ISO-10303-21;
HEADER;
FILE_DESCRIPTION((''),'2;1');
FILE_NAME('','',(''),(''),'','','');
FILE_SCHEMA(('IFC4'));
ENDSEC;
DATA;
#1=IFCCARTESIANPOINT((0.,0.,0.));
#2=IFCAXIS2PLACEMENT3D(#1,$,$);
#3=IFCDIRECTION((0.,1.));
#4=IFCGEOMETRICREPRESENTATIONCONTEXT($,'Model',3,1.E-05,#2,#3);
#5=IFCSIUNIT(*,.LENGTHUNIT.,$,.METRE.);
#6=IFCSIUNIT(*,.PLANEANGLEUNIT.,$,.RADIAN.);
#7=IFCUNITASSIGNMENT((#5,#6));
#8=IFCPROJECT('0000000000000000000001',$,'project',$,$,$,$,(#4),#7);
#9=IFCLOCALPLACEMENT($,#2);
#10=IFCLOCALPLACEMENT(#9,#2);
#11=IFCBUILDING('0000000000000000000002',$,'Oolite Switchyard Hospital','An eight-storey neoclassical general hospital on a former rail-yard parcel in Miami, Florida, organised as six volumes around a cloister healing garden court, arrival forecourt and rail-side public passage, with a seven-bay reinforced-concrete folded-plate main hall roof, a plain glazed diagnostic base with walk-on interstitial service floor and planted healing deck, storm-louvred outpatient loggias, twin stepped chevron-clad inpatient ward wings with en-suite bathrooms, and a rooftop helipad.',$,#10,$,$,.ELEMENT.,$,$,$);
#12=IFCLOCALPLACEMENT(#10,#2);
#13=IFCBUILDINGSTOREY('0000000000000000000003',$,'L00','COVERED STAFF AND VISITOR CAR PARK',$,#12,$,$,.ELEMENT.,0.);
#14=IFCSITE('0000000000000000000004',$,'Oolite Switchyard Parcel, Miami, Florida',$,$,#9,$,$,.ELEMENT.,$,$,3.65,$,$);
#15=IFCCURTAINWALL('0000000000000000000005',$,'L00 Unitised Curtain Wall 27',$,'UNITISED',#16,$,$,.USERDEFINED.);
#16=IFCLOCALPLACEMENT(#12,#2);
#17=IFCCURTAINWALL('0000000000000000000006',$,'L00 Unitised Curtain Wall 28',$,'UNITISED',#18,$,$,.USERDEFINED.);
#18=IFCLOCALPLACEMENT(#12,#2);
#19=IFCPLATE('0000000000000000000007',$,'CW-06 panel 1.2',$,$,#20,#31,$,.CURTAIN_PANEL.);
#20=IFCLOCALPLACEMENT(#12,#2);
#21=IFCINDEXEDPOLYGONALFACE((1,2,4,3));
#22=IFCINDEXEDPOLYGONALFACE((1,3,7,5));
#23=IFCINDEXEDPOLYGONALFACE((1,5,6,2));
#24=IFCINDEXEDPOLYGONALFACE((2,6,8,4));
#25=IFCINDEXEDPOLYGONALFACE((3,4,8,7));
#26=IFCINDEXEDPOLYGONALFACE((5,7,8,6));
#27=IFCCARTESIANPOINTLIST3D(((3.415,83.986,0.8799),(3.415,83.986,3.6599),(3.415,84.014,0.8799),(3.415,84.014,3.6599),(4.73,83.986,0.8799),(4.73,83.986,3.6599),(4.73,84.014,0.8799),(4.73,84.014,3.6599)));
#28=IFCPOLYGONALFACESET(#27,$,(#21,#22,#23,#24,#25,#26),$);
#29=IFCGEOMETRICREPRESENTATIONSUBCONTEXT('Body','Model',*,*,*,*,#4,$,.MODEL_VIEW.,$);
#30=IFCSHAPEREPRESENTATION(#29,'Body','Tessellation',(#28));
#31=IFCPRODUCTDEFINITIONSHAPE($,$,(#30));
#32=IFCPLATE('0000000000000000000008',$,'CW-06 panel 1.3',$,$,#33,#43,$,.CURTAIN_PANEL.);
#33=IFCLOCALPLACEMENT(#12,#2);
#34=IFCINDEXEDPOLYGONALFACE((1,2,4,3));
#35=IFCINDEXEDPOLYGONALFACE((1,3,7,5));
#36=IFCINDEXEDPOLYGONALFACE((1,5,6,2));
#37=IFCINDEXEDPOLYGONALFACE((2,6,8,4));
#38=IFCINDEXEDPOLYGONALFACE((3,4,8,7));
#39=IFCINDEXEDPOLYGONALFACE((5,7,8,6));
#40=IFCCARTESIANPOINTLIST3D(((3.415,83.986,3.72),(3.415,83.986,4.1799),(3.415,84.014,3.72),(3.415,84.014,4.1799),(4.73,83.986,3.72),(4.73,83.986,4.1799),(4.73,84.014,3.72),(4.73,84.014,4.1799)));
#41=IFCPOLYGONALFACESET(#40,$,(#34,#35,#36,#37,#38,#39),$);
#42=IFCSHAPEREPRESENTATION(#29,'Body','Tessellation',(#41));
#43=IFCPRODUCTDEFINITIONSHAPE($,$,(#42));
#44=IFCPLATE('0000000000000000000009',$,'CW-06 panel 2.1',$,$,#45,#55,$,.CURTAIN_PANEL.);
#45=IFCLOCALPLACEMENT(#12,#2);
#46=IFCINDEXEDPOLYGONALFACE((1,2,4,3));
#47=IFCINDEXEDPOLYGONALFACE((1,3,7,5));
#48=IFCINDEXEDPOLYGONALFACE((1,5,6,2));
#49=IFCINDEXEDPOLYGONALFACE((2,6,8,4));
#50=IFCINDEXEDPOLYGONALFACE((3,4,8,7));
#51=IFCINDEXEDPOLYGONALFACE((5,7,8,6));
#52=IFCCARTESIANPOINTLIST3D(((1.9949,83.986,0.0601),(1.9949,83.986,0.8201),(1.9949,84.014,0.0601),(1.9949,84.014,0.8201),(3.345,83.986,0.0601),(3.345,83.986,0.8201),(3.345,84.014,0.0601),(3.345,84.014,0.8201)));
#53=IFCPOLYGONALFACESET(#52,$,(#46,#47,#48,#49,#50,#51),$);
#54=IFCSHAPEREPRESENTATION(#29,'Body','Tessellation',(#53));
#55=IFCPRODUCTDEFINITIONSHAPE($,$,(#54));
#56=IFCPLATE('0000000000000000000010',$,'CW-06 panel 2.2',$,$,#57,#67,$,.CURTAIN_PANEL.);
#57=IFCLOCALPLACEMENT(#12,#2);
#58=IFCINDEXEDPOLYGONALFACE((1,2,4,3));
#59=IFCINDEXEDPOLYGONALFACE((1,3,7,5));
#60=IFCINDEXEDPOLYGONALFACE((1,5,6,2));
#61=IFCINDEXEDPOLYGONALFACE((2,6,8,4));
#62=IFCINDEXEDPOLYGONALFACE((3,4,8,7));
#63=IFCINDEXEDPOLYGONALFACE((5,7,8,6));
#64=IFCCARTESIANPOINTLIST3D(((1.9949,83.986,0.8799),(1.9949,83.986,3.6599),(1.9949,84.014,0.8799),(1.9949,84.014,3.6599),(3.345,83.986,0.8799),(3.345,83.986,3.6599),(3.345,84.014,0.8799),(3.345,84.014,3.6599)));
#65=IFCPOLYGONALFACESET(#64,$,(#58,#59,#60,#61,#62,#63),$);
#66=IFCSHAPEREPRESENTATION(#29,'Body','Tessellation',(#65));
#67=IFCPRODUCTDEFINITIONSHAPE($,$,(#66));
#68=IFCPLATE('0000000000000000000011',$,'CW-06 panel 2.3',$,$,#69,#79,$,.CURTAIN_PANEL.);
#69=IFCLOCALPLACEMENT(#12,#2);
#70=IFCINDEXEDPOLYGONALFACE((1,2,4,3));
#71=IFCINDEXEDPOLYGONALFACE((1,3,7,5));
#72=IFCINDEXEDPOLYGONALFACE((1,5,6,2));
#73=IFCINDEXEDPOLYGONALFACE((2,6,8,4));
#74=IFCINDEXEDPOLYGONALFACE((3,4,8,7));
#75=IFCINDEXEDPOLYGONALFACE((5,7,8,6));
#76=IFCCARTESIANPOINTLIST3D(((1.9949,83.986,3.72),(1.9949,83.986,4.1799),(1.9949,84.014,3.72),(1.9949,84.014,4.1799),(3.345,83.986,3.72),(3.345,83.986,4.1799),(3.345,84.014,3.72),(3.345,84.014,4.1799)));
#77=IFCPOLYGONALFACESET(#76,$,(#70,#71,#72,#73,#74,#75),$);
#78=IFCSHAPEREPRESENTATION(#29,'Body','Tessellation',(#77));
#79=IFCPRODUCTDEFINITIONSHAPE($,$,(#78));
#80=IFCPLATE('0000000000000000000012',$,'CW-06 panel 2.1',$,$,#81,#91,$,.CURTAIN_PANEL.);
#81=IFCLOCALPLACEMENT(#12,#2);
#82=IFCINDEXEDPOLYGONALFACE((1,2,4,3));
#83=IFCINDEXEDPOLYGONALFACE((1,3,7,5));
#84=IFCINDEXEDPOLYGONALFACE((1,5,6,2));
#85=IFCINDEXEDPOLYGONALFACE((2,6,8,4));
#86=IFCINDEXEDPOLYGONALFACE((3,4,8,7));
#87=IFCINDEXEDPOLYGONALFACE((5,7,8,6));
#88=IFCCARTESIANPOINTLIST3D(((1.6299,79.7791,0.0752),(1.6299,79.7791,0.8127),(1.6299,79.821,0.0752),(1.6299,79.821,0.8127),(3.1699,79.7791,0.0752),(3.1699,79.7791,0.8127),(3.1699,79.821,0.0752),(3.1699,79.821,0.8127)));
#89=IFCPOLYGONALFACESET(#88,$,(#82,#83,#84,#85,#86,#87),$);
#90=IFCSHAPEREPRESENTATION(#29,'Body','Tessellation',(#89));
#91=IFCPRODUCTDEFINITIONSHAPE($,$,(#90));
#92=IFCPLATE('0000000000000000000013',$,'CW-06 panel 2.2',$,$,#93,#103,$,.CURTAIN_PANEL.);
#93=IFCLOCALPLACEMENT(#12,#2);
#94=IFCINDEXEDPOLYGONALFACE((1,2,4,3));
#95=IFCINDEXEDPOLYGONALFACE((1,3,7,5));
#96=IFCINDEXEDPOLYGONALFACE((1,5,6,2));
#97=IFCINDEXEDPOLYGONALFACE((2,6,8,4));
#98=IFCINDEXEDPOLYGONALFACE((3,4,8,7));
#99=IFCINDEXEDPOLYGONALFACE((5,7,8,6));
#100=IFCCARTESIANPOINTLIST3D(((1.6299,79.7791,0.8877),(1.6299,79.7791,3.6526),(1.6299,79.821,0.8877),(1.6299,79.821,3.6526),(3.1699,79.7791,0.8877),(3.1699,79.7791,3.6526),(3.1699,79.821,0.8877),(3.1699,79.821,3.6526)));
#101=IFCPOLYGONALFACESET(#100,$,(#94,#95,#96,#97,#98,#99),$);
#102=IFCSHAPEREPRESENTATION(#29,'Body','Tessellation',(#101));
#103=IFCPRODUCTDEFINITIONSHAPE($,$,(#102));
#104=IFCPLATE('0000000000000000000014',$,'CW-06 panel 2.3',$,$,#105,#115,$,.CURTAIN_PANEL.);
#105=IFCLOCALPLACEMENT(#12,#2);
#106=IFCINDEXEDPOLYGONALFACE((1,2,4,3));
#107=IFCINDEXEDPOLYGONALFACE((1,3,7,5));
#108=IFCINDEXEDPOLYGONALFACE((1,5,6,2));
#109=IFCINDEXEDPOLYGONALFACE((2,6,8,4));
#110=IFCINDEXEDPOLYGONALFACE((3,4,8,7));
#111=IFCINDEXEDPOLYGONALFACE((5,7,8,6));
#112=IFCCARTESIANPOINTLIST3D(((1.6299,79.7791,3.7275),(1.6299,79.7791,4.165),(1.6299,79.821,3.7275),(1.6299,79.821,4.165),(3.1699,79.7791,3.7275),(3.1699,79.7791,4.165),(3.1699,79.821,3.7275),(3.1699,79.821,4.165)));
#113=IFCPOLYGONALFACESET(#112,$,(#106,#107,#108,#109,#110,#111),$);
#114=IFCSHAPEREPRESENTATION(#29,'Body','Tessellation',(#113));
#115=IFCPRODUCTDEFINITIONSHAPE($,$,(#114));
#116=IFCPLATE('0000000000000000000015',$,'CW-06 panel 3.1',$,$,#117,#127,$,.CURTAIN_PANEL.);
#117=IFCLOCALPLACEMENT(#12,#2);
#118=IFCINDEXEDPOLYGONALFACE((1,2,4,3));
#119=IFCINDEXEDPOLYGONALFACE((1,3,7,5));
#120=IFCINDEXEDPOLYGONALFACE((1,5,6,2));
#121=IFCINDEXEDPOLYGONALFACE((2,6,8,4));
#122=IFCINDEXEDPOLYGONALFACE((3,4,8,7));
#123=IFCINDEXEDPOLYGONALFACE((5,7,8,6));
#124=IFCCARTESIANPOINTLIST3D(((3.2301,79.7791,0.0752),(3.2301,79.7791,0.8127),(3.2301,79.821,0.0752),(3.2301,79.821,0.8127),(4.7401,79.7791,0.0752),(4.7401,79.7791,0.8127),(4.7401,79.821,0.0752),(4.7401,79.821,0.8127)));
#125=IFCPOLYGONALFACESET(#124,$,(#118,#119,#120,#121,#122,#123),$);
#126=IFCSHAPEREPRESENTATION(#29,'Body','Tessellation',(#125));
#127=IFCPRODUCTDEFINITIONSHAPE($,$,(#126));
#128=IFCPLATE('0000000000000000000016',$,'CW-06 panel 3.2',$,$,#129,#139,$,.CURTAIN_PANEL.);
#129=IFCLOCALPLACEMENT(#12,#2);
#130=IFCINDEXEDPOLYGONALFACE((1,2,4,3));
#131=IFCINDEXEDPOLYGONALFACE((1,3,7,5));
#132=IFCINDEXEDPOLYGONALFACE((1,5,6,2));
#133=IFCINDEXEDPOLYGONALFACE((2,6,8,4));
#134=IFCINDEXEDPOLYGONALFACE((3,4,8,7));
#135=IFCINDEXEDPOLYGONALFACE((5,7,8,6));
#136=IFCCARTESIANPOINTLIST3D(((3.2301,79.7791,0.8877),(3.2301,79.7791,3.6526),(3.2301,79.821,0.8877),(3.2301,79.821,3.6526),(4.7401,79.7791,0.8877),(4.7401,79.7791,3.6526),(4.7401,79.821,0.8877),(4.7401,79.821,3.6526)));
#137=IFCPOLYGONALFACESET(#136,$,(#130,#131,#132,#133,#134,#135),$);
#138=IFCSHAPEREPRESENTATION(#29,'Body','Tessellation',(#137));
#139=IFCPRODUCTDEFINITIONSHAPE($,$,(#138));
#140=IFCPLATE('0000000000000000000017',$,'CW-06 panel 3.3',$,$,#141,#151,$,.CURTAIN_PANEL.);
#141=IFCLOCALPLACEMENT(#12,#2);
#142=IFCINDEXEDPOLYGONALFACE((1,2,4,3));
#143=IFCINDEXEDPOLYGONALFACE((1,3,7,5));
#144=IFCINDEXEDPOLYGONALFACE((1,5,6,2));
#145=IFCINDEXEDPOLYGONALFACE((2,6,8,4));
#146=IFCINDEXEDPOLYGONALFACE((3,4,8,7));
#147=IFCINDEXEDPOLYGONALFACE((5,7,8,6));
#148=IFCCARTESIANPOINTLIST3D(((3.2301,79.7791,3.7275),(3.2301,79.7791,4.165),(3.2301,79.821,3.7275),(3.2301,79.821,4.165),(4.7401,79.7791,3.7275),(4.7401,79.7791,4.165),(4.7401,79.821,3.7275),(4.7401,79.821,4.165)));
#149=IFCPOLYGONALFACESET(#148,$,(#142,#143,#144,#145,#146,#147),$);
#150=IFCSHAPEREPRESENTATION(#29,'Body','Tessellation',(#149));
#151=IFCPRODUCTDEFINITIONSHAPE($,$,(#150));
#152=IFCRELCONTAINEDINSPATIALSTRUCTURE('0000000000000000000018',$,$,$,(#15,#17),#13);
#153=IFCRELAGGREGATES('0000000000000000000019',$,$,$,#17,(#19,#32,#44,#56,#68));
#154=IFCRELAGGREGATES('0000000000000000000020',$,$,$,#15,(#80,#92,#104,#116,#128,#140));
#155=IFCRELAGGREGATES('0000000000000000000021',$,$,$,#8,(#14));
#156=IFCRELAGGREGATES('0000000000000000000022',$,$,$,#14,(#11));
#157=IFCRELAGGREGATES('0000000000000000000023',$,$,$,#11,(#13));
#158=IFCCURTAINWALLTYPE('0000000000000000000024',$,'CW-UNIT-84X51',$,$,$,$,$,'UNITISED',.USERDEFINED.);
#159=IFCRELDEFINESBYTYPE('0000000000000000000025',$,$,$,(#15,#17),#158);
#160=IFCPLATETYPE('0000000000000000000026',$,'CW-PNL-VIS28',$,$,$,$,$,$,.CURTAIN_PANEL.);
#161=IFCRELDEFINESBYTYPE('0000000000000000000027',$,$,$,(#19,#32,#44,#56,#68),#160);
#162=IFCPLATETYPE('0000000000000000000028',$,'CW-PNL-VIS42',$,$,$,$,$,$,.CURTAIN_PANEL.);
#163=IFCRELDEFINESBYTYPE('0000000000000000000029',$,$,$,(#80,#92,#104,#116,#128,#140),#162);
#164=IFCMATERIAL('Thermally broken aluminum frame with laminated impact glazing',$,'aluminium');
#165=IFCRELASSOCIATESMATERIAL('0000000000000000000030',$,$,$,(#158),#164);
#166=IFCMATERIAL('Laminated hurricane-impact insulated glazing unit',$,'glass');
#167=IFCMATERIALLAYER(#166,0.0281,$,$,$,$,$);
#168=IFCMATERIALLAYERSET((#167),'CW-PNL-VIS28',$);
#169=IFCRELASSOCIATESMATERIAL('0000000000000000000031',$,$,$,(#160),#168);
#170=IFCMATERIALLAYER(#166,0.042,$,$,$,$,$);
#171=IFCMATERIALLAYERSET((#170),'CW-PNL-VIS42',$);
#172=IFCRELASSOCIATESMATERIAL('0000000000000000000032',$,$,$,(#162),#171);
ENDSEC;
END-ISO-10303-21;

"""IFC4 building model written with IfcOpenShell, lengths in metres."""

from ifc_helpers import new_model, si_unit, direction, frame, origin, origin_2d, place, context, subcontext, project, spatial, rectangle, extrude, material, layer, layer_set, type_object, element, aggregate, save


model = new_model("IFC4")

# Units and contexts
model_context = context("Model", 3, precision=1e-05, world=origin(), true_north=direction((0.0, 1.0)))
body_context = subcontext(model_context, "Body", "Model", "MODEL_VIEW")
ifc_project = project(units=[si_unit("LENGTHUNIT", "METRE"), si_unit("PLANEANGLEUNIT", "RADIAN")], contexts=[model_context])

# Site, building, storey
site_placement = place(None, origin())
site = spatial("IfcSite", under=ifc_project, at=site_placement, Name="Oolite Switchyard Parcel, Miami, Florida", CompositionType="ELEMENT", RefElevation=3.65)
building_placement = place(site_placement, origin())
building = spatial("IfcBuilding", under=site, at=building_placement, Name="Oolite Switchyard Hospital", Description="An eight-storey neoclassical general hospital on a former rail-yard parcel in Miami, Florida, organised as six volumes around a cloister healing garden court, arrival forecourt and rail-side public passage, with a seven-bay reinforced-concrete folded-plate main hall roof, a plain glazed diagnostic base with walk-on interstitial service floor and planted healing deck, storm-louvred outpatient loggias, twin stepped chevron-clad inpatient ward wings with en-suite bathrooms, and a rooftop helipad.", CompositionType="ELEMENT")
storey_placement = place(building_placement, origin())
storey = spatial("IfcBuildingStorey", under=building, at=storey_placement, Name="L00", Description="COVERED STAFF AND VISITOR CAR PARK", CompositionType="ELEMENT", Elevation=0.0)

# Curtain wall
ifc_material_1 = material(Name="Thermally broken aluminum frame with laminated impact glazing", Category="aluminium")
curtain_wall_type = type_object("IfcCurtainWallType", Name="CW-UNIT-84X51", ElementType="UNITISED", PredefinedType="USERDEFINED", material=ifc_material_1)
curtain_wall_1_placement = place(storey_placement, origin())
curtain_wall_1 = element("IfcCurtainWall", 1, at=curtain_wall_1_placement, inside=storey, type_object=curtain_wall_type, Name="L00 Unitised Curtain Wall 27", ObjectType="UNITISED", PredefinedType="USERDEFINED")

# Curtain wall
curtain_wall_2_placement = place(storey_placement, origin())
curtain_wall_2 = element("IfcCurtainWall", 2, at=curtain_wall_2_placement, inside=storey, type_object=curtain_wall_type, Name="L00 Unitised Curtain Wall 28", ObjectType="UNITISED", PredefinedType="USERDEFINED")

# Plates
ifc_material_2 = material(Name="Laminated hurricane-impact insulated glazing unit", Category="glass")
ifc_layer_1 = layer(ifc_material_2, 0.0281)
ifc_layer_set_1 = layer_set([ifc_layer_1], Name="CW-PNL-VIS28")
plate_type_1 = type_object("IfcPlateType", Name="CW-PNL-VIS28", PredefinedType="CURTAIN_PANEL", material=ifc_layer_set_1)
plate_1_placement = place(storey_placement, frame((4.0725, 84.0, 0.8799), z_axis=(0.0, 0.0, 1.0), x_axis=(-1.0, 0.0, 0.0)))
plate_1 = element("IfcPlate", 3, at=plate_1_placement, type_object=plate_type_1, Name="CW-06 panel 1.2", PredefinedType="CURTAIN_PANEL", context=body_context, shape_type="SweptSolid", body=[
    extrude(rectangle(XDim=1.3149, YDim=0.0281, at=origin_2d()), origin(), (0.0, 0.0, 1.0), 2.78),
])
plate_2_placement = place(storey_placement, frame((4.0725, 84.0, 3.72), z_axis=(0.0, 0.0, 1.0), x_axis=(-1.0, 0.0, 0.0)))
plate_2 = element("IfcPlate", 4, at=plate_2_placement, type_object=plate_type_1, Name="CW-06 panel 1.3", PredefinedType="CURTAIN_PANEL", context=body_context, shape_type="SweptSolid", body=[
    extrude(rectangle(XDim=1.3149, YDim=0.0281, at=origin_2d()), origin(), (0.0, 0.0, 1.0), 0.46),
])
plate_3_placement = place(storey_placement, frame((2.6699, 84.0, 0.0601), z_axis=(0.0, 0.0, 1.0), x_axis=(-1.0, 0.0, 0.0)))
plate_3 = element("IfcPlate", 5, at=plate_3_placement, type_object=plate_type_1, Name="CW-06 panel 2.1", PredefinedType="CURTAIN_PANEL", context=body_context, shape_type="SweptSolid", body=[
    extrude(rectangle(XDim=1.3501, YDim=0.0281, at=origin_2d()), origin(), (0.0, 0.0, 1.0), 0.76),
])
plate_4_placement = place(storey_placement, frame((2.6699, 84.0, 0.8799), z_axis=(0.0, 0.0, 1.0), x_axis=(-1.0, 0.0, 0.0)))
plate_4 = element("IfcPlate", 6, at=plate_4_placement, type_object=plate_type_1, Name="CW-06 panel 2.2", PredefinedType="CURTAIN_PANEL", context=body_context, shape_type="SweptSolid", body=[
    extrude(rectangle(XDim=1.3501, YDim=0.0281, at=origin_2d()), origin(), (0.0, 0.0, 1.0), 2.78),
])
plate_5_placement = place(storey_placement, frame((2.6699, 84.0, 3.72), z_axis=(0.0, 0.0, 1.0), x_axis=(-1.0, 0.0, 0.0)))
plate_5 = element("IfcPlate", 7, at=plate_5_placement, type_object=plate_type_1, Name="CW-06 panel 2.3", PredefinedType="CURTAIN_PANEL", context=body_context, shape_type="SweptSolid", body=[
    extrude(rectangle(XDim=1.3501, YDim=0.0281, at=origin_2d()), origin(), (0.0, 0.0, 1.0), 0.46),
])
aggregate(curtain_wall_2, [plate_1, plate_2, plate_3, plate_4, plate_5])
ifc_layer_2 = layer(ifc_material_2, 0.042)
ifc_layer_set_2 = layer_set([ifc_layer_2], Name="CW-PNL-VIS42")
plate_type_2 = type_object("IfcPlateType", Name="CW-PNL-VIS42", PredefinedType="CURTAIN_PANEL", material=ifc_layer_set_2)
plate_6_placement = place(storey_placement, frame((2.3999, 79.8, 0.0752), z_axis=(0.0, 0.0, 1.0), x_axis=(1.0, 0.0, 0.0)))
plate_6 = element("IfcPlate", 8, at=plate_6_placement, type_object=plate_type_2, Name="CW-06 panel 2.1", PredefinedType="CURTAIN_PANEL", context=body_context, shape_type="SweptSolid", body=[
    extrude(rectangle(XDim=1.54, YDim=0.042, at=origin_2d()), origin(), (0.0, 0.0, 1.0), 0.7375),
])
plate_7_placement = place(storey_placement, frame((2.3999, 79.8, 0.8877), z_axis=(0.0, 0.0, 1.0), x_axis=(1.0, 0.0, 0.0)))
plate_7 = element("IfcPlate", 9, at=plate_7_placement, type_object=plate_type_2, Name="CW-06 panel 2.2", PredefinedType="CURTAIN_PANEL", context=body_context, shape_type="SweptSolid", body=[
    extrude(rectangle(XDim=1.54, YDim=0.042, at=origin_2d()), origin(), (0.0, 0.0, 1.0), 2.7649),
])
plate_8_placement = place(storey_placement, frame((2.3999, 79.8, 3.7275), z_axis=(0.0, 0.0, 1.0), x_axis=(1.0, 0.0, 0.0)))
plate_8 = element("IfcPlate", 10, at=plate_8_placement, type_object=plate_type_2, Name="CW-06 panel 2.3", PredefinedType="CURTAIN_PANEL", context=body_context, shape_type="SweptSolid", body=[
    extrude(rectangle(XDim=1.54, YDim=0.042, at=origin_2d()), origin(), (0.0, 0.0, 1.0), 0.4375),
])
plate_9_placement = place(storey_placement, frame((3.9851, 79.8, 0.0752), z_axis=(0.0, 0.0, 1.0), x_axis=(1.0, 0.0, 0.0)))
plate_9 = element("IfcPlate", 11, at=plate_9_placement, type_object=plate_type_2, Name="CW-06 panel 3.1", PredefinedType="CURTAIN_PANEL", context=body_context, shape_type="SweptSolid", body=[
    extrude(rectangle(XDim=1.51, YDim=0.042, at=origin_2d()), origin(), (0.0, 0.0, 1.0), 0.7375),
])
plate_10_placement = place(storey_placement, frame((3.9851, 79.8, 0.8877), z_axis=(0.0, 0.0, 1.0), x_axis=(1.0, 0.0, 0.0)))
plate_10 = element("IfcPlate", 12, at=plate_10_placement, type_object=plate_type_2, Name="CW-06 panel 3.2", PredefinedType="CURTAIN_PANEL", context=body_context, shape_type="SweptSolid", body=[
    extrude(rectangle(XDim=1.51, YDim=0.042, at=origin_2d()), origin(), (0.0, 0.0, 1.0), 2.7649),
])
plate_11_placement = place(storey_placement, frame((3.9851, 79.8, 3.7275), z_axis=(0.0, 0.0, 1.0), x_axis=(1.0, 0.0, 0.0)))
plate_11 = element("IfcPlate", 13, at=plate_11_placement, type_object=plate_type_2, Name="CW-06 panel 3.3", PredefinedType="CURTAIN_PANEL", context=body_context, shape_type="SweptSolid", body=[
    extrude(rectangle(XDim=1.51, YDim=0.042, at=origin_2d()), origin(), (0.0, 0.0, 1.0), 0.4375),
])
aggregate(curtain_wall_1, [plate_6, plate_7, plate_8, plate_9, plate_10, plate_11])

save(model, "model.ifc")
